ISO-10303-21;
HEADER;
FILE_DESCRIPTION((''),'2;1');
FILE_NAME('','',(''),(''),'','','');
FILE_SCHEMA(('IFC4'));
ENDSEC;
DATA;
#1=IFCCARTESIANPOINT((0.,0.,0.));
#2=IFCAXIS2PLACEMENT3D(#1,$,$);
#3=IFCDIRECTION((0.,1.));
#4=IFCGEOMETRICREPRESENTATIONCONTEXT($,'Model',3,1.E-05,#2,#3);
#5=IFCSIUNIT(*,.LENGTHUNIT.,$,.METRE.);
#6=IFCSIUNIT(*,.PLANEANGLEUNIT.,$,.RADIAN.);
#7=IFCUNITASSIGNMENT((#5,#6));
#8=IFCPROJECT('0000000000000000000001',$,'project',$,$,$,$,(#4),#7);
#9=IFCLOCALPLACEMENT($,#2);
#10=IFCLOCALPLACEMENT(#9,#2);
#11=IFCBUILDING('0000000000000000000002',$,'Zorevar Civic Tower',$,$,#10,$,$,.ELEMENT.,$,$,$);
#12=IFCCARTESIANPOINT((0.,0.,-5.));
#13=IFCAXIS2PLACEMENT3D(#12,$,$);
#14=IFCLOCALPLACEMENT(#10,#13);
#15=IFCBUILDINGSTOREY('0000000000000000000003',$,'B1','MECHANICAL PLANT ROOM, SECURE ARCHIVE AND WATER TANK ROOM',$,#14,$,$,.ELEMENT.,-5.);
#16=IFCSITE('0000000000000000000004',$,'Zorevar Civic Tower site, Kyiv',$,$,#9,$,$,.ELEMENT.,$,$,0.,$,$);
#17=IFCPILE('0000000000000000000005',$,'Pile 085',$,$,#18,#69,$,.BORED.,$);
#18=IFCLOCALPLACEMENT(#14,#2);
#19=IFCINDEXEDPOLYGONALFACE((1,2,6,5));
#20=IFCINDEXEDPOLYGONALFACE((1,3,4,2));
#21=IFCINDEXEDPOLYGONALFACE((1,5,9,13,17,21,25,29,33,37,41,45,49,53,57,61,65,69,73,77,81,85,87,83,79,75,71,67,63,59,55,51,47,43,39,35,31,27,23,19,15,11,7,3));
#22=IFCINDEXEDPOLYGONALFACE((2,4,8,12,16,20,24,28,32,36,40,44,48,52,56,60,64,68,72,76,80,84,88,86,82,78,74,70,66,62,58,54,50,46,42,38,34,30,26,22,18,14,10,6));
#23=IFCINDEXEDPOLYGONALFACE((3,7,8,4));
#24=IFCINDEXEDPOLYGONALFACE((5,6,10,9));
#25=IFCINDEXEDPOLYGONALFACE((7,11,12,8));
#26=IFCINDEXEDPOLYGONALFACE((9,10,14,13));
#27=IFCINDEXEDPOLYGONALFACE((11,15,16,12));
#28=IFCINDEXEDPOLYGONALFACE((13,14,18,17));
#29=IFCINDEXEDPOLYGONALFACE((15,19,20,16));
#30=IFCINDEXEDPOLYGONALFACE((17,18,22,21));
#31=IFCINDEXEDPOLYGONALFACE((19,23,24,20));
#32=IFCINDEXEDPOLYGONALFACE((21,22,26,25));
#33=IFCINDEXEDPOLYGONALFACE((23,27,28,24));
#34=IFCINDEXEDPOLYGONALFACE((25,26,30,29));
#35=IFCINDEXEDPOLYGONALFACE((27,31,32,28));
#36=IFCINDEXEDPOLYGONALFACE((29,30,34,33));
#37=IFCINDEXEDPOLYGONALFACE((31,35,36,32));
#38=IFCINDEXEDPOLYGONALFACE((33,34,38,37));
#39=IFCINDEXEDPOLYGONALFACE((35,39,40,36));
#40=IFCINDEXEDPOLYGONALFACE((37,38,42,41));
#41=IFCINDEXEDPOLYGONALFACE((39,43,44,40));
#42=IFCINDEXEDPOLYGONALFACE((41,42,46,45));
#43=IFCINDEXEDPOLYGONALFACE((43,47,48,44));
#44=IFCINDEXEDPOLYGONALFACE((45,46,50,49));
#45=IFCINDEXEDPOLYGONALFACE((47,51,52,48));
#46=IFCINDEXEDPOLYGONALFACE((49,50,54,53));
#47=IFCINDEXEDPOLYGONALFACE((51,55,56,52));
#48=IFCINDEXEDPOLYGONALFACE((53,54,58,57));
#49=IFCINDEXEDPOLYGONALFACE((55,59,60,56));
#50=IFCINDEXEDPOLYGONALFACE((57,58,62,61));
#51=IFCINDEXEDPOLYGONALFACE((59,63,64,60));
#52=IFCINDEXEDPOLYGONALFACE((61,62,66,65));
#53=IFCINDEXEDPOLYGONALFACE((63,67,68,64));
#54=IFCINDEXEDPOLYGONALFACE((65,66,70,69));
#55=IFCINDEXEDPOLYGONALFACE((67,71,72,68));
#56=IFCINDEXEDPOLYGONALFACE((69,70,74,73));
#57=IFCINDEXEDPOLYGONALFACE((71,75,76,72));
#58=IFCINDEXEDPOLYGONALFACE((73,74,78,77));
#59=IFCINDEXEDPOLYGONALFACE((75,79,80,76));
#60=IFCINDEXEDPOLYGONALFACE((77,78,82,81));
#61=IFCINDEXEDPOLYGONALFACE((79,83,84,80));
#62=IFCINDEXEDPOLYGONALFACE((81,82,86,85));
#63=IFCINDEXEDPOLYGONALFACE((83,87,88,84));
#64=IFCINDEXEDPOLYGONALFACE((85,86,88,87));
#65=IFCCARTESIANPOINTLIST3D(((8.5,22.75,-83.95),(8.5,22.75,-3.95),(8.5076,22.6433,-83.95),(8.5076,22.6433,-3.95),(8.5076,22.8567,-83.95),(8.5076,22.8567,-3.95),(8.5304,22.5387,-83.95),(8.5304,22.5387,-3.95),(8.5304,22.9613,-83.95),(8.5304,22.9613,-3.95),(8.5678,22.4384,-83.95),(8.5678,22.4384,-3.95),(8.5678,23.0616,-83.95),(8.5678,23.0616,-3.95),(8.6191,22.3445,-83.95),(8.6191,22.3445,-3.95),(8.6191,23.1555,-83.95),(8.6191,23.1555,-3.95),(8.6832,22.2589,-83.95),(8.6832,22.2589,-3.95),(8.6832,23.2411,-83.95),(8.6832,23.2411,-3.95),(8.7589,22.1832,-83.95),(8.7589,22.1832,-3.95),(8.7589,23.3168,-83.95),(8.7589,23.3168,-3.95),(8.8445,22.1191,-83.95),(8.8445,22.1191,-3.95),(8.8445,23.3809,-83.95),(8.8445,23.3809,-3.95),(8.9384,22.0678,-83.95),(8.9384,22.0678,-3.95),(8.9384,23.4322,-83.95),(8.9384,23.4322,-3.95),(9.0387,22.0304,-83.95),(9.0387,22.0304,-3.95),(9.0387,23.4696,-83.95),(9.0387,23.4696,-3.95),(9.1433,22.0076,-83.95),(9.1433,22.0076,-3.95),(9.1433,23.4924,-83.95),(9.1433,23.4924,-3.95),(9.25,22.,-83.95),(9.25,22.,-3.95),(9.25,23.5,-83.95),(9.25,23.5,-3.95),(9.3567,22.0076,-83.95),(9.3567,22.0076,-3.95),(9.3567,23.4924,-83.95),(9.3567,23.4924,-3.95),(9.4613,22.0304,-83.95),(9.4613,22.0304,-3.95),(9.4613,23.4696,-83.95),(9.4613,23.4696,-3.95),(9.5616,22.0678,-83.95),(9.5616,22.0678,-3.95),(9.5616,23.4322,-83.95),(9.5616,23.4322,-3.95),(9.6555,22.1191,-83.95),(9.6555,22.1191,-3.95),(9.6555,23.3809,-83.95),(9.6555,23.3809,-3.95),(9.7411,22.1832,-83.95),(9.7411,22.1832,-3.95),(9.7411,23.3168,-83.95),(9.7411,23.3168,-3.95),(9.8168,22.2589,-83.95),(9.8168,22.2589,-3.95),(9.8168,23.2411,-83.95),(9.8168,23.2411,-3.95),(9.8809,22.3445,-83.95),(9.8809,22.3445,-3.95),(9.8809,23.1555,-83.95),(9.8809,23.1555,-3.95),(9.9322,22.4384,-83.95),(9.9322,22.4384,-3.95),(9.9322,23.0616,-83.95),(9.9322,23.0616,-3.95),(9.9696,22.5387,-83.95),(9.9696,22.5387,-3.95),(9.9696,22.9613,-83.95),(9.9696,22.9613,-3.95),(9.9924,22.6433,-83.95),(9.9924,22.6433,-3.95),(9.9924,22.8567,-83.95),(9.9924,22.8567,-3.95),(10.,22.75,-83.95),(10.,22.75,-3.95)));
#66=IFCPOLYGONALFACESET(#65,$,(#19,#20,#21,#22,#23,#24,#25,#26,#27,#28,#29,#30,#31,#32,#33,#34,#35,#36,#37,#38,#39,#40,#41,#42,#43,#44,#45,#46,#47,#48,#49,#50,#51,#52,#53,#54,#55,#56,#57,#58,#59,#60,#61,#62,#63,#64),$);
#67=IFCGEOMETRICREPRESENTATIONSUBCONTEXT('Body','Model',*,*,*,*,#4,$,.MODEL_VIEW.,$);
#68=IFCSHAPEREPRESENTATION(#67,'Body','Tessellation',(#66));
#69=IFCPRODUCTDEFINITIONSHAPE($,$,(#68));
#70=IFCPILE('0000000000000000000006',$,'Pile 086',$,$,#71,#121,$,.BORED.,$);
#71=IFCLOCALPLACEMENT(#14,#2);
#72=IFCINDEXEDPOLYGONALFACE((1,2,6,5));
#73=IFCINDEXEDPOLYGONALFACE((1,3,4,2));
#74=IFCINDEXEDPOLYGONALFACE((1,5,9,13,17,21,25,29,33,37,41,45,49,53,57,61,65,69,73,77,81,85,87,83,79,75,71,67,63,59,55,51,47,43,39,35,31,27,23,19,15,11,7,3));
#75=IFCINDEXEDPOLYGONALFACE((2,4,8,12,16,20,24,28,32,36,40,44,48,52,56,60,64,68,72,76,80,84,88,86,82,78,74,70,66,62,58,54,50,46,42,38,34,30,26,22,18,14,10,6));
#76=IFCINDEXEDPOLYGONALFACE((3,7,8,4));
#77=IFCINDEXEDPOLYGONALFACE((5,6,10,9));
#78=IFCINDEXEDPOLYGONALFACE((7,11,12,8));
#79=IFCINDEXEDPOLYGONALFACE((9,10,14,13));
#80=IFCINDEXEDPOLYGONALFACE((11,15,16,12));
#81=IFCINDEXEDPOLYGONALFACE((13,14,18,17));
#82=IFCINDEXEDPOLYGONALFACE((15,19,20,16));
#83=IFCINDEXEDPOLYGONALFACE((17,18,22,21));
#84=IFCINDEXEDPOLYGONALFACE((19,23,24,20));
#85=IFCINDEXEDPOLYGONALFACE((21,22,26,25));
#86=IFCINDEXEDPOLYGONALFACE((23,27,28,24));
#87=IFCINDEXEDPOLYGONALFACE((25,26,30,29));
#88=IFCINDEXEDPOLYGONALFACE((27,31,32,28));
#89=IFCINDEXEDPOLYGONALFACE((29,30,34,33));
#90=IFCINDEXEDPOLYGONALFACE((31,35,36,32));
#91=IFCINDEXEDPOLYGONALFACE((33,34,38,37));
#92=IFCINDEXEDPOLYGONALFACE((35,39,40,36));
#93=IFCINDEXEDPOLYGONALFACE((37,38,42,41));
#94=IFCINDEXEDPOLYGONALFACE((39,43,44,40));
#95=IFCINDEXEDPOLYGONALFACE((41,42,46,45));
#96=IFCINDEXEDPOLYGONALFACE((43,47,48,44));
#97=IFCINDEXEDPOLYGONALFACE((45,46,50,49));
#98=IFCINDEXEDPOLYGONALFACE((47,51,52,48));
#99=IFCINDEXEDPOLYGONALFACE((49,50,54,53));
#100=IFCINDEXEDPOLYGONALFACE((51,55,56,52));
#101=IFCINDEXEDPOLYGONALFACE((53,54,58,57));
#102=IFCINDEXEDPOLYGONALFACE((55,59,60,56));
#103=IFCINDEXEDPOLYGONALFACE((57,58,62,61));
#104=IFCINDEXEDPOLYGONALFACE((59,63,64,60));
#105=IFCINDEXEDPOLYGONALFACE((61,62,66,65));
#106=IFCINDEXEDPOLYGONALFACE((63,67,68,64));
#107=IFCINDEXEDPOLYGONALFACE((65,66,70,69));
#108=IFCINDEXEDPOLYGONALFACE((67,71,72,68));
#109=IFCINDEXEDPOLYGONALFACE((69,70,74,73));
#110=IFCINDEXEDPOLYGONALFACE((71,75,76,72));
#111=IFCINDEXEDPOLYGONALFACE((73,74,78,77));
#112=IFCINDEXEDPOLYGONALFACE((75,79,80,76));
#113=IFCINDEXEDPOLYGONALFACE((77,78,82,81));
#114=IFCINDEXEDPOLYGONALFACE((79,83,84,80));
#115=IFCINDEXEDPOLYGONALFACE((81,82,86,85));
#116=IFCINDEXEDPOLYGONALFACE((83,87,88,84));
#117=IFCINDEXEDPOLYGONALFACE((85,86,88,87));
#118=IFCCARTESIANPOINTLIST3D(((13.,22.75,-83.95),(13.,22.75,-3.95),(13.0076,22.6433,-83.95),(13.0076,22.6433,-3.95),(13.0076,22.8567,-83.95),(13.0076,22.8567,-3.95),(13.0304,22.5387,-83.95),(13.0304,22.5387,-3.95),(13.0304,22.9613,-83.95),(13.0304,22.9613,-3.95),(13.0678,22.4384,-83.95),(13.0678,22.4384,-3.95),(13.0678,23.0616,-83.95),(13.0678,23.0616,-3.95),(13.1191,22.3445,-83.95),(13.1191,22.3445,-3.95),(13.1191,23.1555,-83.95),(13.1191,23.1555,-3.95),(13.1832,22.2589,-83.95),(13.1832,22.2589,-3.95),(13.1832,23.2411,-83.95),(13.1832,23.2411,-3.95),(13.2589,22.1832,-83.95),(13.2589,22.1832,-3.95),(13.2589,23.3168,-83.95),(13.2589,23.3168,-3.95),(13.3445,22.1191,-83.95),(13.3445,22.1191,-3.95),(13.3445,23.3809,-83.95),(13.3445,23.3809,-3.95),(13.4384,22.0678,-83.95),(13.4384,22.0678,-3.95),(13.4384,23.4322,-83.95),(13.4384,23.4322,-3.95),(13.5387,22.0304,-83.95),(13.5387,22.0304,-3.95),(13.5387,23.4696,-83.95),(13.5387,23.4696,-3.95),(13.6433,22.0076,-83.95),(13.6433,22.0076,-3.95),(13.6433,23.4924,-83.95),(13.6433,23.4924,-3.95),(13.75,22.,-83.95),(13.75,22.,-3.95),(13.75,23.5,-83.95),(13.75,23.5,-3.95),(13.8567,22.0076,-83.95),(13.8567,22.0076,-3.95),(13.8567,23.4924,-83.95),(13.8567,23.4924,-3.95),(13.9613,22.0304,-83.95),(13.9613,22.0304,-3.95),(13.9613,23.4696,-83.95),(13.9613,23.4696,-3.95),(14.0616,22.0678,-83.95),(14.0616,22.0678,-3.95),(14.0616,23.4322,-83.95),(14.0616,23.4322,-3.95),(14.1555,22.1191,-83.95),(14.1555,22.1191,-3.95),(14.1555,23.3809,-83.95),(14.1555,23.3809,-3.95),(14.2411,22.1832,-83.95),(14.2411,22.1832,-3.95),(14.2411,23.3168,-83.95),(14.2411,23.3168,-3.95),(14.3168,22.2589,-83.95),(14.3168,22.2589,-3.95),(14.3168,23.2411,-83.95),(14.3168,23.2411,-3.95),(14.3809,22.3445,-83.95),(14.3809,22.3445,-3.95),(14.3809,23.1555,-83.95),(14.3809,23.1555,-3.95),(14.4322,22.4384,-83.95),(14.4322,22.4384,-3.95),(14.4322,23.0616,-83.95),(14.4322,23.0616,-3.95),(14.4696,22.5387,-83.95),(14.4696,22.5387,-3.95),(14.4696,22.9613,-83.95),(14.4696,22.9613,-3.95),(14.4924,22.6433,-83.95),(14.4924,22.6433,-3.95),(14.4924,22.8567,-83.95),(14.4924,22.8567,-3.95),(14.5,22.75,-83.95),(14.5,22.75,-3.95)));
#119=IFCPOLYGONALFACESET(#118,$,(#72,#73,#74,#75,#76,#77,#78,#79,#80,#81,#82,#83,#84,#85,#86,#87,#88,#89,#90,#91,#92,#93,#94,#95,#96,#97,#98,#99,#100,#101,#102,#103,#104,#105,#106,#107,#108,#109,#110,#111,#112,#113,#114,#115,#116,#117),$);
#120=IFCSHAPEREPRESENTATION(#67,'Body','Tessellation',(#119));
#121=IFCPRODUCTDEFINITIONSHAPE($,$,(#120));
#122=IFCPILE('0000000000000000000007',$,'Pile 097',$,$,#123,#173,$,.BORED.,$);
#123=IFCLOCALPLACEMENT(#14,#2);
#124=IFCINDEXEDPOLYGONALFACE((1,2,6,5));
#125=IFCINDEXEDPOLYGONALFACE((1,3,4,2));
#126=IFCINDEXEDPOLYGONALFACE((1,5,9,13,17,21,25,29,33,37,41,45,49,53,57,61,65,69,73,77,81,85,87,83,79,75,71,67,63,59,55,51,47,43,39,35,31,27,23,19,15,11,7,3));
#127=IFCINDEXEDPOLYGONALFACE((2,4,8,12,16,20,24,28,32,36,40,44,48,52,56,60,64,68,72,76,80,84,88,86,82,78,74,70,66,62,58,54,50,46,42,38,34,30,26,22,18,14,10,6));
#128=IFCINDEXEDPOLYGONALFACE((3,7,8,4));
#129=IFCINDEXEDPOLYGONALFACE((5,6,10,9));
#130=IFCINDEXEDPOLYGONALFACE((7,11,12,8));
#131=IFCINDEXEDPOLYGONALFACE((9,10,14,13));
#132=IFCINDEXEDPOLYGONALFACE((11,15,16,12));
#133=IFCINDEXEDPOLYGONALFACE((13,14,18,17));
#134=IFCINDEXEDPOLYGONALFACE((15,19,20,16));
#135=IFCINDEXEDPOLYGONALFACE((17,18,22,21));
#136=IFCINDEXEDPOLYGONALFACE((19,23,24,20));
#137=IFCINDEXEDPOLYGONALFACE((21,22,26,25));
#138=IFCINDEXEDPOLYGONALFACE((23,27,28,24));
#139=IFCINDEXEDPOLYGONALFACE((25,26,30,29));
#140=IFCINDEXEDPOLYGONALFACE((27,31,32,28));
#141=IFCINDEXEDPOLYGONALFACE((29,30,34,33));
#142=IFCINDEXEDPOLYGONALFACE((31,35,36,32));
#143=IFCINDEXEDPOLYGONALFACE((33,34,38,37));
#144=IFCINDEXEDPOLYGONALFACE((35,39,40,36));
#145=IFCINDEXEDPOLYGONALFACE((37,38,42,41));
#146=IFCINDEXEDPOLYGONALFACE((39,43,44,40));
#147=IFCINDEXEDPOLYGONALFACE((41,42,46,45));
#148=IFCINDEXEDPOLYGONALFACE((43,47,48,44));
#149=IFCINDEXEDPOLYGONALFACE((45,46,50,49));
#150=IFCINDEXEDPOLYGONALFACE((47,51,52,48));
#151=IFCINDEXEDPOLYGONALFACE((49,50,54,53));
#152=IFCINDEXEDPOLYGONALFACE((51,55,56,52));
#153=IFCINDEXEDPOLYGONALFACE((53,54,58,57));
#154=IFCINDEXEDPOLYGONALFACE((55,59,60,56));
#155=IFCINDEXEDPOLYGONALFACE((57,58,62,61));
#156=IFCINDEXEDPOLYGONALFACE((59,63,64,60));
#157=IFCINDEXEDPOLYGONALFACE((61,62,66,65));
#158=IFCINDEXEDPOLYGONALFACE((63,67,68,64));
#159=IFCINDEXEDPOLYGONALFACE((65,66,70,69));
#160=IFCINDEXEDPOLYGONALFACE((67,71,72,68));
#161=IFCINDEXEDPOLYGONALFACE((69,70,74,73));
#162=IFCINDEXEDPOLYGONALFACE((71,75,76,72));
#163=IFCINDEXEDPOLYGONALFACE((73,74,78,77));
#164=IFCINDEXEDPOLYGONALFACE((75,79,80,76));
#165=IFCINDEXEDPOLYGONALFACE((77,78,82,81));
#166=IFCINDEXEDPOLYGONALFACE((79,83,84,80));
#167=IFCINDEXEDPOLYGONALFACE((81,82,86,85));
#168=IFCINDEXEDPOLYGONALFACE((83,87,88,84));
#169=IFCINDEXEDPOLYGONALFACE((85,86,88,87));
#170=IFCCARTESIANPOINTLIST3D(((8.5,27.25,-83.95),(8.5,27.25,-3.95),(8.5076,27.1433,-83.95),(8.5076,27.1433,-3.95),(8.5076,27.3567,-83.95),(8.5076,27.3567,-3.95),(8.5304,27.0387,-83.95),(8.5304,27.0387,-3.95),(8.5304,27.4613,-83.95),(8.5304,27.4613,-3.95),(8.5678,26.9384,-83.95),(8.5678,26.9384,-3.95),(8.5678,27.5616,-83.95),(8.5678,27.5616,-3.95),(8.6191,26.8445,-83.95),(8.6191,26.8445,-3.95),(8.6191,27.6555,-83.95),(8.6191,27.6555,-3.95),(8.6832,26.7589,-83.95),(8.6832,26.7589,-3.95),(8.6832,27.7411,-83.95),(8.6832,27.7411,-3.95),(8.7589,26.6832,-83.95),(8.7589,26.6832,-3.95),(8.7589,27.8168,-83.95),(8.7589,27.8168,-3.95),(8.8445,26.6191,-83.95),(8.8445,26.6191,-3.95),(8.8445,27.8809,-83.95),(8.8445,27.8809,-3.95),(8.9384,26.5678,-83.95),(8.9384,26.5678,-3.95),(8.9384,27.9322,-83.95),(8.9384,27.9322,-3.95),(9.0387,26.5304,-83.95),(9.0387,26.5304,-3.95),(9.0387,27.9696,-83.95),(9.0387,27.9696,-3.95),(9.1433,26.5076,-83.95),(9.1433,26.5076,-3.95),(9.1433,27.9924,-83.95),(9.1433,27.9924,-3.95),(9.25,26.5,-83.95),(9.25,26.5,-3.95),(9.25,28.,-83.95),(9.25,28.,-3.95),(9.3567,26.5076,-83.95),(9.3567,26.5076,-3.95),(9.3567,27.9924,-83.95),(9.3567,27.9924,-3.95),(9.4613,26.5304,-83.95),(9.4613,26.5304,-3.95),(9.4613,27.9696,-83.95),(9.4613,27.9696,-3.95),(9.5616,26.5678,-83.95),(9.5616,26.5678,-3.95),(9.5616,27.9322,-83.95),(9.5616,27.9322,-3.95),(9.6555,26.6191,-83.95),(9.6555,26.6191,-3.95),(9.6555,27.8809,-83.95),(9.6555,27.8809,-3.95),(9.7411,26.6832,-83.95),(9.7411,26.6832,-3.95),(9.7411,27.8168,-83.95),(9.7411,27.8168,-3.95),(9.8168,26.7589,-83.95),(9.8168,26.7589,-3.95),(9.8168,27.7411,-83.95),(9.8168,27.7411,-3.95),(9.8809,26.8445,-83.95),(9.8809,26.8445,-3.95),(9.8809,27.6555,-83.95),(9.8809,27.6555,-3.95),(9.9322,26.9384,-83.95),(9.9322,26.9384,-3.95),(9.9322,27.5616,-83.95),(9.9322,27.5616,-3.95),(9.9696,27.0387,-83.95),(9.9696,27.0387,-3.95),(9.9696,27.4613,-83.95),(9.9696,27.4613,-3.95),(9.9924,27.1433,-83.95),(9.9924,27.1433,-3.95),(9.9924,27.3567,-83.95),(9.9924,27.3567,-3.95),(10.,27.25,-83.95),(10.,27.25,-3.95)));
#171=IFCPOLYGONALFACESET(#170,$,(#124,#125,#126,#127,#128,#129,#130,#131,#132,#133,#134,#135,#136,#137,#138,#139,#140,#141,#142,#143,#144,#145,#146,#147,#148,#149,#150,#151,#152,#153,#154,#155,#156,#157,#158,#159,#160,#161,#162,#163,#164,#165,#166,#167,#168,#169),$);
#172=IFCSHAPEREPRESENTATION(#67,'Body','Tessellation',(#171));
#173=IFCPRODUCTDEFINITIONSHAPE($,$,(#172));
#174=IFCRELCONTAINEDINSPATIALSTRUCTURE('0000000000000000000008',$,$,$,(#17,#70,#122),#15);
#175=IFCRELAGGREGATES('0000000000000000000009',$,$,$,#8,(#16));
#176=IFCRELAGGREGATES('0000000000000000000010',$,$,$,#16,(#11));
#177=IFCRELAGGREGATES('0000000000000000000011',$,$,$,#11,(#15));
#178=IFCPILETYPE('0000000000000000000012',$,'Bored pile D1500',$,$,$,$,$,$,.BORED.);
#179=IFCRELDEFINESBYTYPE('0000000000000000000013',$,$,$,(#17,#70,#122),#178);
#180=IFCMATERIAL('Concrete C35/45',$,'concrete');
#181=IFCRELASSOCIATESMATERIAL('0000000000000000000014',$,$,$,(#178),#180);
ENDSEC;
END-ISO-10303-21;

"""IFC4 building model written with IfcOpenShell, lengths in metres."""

from ifc_helpers import new_model, si_unit, direction, frame, origin, origin_2d, place, context, subcontext, project, spatial, circle, extrude, material, type_object, element, save


model = new_model("IFC4")

# Units and contexts
model_context = context("Model", 3, precision=1e-05, world=origin(), true_north=direction((0.0, 1.0)))
body_context = subcontext(model_context, "Body", "Model", "MODEL_VIEW")
ifc_project = project(units=[si_unit("LENGTHUNIT", "METRE"), si_unit("PLANEANGLEUNIT", "RADIAN")], contexts=[model_context])

# Site, building, storey
site_placement = place(None, origin())
site = spatial("IfcSite", under=ifc_project, at=site_placement, Name="Zorevar Civic Tower site, Kyiv", CompositionType="ELEMENT", RefElevation=0.0)
building_placement = place(site_placement, origin())
building = spatial("IfcBuilding", under=site, at=building_placement, Name="Zorevar Civic Tower", CompositionType="ELEMENT")
storey_placement = place(building_placement, frame((0.0, 0.0, -5.0)))
storey = spatial("IfcBuildingStorey", under=building, at=storey_placement, Name="B1", Description="MECHANICAL PLANT ROOM, SECURE ARCHIVE AND WATER TANK ROOM", CompositionType="ELEMENT", Elevation=-5.0)

# Piles
ifc_material_1 = material(Name="Concrete C35/45", Category="concrete")
pile_type = type_object("IfcPileType", Name="Bored pile D1500", PredefinedType="BORED", material=ifc_material_1)
for number, where, z_axis, x_axis, name in (
    (1, (9.25, 22.75, -3.95), (0.0, 0.0, -1.0), (1.0, 0.0, 0.0), "Pile 085"),
    (2, (13.75, 22.75, -3.95), (0.0, 0.0, -1.0), (1.0, 0.0, 0.0), "Pile 086"),
    (3, (9.25, 27.25, -3.95), (0.0, 0.0, -1.0), (1.0, 0.0, 0.0), "Pile 097"),
):
    element("IfcPile", number, at=place(storey_placement, frame(where, z_axis=z_axis, x_axis=x_axis)), inside=storey, type_object=pile_type, Name=name, PredefinedType="BORED", context=body_context, shape_type="SweptSolid", body=[
        extrude(circle(Radius=0.75, at=origin_2d()), origin(), (0.0, 0.0, 1.0), 80.0),
    ])

save(model, "model.ifc")
